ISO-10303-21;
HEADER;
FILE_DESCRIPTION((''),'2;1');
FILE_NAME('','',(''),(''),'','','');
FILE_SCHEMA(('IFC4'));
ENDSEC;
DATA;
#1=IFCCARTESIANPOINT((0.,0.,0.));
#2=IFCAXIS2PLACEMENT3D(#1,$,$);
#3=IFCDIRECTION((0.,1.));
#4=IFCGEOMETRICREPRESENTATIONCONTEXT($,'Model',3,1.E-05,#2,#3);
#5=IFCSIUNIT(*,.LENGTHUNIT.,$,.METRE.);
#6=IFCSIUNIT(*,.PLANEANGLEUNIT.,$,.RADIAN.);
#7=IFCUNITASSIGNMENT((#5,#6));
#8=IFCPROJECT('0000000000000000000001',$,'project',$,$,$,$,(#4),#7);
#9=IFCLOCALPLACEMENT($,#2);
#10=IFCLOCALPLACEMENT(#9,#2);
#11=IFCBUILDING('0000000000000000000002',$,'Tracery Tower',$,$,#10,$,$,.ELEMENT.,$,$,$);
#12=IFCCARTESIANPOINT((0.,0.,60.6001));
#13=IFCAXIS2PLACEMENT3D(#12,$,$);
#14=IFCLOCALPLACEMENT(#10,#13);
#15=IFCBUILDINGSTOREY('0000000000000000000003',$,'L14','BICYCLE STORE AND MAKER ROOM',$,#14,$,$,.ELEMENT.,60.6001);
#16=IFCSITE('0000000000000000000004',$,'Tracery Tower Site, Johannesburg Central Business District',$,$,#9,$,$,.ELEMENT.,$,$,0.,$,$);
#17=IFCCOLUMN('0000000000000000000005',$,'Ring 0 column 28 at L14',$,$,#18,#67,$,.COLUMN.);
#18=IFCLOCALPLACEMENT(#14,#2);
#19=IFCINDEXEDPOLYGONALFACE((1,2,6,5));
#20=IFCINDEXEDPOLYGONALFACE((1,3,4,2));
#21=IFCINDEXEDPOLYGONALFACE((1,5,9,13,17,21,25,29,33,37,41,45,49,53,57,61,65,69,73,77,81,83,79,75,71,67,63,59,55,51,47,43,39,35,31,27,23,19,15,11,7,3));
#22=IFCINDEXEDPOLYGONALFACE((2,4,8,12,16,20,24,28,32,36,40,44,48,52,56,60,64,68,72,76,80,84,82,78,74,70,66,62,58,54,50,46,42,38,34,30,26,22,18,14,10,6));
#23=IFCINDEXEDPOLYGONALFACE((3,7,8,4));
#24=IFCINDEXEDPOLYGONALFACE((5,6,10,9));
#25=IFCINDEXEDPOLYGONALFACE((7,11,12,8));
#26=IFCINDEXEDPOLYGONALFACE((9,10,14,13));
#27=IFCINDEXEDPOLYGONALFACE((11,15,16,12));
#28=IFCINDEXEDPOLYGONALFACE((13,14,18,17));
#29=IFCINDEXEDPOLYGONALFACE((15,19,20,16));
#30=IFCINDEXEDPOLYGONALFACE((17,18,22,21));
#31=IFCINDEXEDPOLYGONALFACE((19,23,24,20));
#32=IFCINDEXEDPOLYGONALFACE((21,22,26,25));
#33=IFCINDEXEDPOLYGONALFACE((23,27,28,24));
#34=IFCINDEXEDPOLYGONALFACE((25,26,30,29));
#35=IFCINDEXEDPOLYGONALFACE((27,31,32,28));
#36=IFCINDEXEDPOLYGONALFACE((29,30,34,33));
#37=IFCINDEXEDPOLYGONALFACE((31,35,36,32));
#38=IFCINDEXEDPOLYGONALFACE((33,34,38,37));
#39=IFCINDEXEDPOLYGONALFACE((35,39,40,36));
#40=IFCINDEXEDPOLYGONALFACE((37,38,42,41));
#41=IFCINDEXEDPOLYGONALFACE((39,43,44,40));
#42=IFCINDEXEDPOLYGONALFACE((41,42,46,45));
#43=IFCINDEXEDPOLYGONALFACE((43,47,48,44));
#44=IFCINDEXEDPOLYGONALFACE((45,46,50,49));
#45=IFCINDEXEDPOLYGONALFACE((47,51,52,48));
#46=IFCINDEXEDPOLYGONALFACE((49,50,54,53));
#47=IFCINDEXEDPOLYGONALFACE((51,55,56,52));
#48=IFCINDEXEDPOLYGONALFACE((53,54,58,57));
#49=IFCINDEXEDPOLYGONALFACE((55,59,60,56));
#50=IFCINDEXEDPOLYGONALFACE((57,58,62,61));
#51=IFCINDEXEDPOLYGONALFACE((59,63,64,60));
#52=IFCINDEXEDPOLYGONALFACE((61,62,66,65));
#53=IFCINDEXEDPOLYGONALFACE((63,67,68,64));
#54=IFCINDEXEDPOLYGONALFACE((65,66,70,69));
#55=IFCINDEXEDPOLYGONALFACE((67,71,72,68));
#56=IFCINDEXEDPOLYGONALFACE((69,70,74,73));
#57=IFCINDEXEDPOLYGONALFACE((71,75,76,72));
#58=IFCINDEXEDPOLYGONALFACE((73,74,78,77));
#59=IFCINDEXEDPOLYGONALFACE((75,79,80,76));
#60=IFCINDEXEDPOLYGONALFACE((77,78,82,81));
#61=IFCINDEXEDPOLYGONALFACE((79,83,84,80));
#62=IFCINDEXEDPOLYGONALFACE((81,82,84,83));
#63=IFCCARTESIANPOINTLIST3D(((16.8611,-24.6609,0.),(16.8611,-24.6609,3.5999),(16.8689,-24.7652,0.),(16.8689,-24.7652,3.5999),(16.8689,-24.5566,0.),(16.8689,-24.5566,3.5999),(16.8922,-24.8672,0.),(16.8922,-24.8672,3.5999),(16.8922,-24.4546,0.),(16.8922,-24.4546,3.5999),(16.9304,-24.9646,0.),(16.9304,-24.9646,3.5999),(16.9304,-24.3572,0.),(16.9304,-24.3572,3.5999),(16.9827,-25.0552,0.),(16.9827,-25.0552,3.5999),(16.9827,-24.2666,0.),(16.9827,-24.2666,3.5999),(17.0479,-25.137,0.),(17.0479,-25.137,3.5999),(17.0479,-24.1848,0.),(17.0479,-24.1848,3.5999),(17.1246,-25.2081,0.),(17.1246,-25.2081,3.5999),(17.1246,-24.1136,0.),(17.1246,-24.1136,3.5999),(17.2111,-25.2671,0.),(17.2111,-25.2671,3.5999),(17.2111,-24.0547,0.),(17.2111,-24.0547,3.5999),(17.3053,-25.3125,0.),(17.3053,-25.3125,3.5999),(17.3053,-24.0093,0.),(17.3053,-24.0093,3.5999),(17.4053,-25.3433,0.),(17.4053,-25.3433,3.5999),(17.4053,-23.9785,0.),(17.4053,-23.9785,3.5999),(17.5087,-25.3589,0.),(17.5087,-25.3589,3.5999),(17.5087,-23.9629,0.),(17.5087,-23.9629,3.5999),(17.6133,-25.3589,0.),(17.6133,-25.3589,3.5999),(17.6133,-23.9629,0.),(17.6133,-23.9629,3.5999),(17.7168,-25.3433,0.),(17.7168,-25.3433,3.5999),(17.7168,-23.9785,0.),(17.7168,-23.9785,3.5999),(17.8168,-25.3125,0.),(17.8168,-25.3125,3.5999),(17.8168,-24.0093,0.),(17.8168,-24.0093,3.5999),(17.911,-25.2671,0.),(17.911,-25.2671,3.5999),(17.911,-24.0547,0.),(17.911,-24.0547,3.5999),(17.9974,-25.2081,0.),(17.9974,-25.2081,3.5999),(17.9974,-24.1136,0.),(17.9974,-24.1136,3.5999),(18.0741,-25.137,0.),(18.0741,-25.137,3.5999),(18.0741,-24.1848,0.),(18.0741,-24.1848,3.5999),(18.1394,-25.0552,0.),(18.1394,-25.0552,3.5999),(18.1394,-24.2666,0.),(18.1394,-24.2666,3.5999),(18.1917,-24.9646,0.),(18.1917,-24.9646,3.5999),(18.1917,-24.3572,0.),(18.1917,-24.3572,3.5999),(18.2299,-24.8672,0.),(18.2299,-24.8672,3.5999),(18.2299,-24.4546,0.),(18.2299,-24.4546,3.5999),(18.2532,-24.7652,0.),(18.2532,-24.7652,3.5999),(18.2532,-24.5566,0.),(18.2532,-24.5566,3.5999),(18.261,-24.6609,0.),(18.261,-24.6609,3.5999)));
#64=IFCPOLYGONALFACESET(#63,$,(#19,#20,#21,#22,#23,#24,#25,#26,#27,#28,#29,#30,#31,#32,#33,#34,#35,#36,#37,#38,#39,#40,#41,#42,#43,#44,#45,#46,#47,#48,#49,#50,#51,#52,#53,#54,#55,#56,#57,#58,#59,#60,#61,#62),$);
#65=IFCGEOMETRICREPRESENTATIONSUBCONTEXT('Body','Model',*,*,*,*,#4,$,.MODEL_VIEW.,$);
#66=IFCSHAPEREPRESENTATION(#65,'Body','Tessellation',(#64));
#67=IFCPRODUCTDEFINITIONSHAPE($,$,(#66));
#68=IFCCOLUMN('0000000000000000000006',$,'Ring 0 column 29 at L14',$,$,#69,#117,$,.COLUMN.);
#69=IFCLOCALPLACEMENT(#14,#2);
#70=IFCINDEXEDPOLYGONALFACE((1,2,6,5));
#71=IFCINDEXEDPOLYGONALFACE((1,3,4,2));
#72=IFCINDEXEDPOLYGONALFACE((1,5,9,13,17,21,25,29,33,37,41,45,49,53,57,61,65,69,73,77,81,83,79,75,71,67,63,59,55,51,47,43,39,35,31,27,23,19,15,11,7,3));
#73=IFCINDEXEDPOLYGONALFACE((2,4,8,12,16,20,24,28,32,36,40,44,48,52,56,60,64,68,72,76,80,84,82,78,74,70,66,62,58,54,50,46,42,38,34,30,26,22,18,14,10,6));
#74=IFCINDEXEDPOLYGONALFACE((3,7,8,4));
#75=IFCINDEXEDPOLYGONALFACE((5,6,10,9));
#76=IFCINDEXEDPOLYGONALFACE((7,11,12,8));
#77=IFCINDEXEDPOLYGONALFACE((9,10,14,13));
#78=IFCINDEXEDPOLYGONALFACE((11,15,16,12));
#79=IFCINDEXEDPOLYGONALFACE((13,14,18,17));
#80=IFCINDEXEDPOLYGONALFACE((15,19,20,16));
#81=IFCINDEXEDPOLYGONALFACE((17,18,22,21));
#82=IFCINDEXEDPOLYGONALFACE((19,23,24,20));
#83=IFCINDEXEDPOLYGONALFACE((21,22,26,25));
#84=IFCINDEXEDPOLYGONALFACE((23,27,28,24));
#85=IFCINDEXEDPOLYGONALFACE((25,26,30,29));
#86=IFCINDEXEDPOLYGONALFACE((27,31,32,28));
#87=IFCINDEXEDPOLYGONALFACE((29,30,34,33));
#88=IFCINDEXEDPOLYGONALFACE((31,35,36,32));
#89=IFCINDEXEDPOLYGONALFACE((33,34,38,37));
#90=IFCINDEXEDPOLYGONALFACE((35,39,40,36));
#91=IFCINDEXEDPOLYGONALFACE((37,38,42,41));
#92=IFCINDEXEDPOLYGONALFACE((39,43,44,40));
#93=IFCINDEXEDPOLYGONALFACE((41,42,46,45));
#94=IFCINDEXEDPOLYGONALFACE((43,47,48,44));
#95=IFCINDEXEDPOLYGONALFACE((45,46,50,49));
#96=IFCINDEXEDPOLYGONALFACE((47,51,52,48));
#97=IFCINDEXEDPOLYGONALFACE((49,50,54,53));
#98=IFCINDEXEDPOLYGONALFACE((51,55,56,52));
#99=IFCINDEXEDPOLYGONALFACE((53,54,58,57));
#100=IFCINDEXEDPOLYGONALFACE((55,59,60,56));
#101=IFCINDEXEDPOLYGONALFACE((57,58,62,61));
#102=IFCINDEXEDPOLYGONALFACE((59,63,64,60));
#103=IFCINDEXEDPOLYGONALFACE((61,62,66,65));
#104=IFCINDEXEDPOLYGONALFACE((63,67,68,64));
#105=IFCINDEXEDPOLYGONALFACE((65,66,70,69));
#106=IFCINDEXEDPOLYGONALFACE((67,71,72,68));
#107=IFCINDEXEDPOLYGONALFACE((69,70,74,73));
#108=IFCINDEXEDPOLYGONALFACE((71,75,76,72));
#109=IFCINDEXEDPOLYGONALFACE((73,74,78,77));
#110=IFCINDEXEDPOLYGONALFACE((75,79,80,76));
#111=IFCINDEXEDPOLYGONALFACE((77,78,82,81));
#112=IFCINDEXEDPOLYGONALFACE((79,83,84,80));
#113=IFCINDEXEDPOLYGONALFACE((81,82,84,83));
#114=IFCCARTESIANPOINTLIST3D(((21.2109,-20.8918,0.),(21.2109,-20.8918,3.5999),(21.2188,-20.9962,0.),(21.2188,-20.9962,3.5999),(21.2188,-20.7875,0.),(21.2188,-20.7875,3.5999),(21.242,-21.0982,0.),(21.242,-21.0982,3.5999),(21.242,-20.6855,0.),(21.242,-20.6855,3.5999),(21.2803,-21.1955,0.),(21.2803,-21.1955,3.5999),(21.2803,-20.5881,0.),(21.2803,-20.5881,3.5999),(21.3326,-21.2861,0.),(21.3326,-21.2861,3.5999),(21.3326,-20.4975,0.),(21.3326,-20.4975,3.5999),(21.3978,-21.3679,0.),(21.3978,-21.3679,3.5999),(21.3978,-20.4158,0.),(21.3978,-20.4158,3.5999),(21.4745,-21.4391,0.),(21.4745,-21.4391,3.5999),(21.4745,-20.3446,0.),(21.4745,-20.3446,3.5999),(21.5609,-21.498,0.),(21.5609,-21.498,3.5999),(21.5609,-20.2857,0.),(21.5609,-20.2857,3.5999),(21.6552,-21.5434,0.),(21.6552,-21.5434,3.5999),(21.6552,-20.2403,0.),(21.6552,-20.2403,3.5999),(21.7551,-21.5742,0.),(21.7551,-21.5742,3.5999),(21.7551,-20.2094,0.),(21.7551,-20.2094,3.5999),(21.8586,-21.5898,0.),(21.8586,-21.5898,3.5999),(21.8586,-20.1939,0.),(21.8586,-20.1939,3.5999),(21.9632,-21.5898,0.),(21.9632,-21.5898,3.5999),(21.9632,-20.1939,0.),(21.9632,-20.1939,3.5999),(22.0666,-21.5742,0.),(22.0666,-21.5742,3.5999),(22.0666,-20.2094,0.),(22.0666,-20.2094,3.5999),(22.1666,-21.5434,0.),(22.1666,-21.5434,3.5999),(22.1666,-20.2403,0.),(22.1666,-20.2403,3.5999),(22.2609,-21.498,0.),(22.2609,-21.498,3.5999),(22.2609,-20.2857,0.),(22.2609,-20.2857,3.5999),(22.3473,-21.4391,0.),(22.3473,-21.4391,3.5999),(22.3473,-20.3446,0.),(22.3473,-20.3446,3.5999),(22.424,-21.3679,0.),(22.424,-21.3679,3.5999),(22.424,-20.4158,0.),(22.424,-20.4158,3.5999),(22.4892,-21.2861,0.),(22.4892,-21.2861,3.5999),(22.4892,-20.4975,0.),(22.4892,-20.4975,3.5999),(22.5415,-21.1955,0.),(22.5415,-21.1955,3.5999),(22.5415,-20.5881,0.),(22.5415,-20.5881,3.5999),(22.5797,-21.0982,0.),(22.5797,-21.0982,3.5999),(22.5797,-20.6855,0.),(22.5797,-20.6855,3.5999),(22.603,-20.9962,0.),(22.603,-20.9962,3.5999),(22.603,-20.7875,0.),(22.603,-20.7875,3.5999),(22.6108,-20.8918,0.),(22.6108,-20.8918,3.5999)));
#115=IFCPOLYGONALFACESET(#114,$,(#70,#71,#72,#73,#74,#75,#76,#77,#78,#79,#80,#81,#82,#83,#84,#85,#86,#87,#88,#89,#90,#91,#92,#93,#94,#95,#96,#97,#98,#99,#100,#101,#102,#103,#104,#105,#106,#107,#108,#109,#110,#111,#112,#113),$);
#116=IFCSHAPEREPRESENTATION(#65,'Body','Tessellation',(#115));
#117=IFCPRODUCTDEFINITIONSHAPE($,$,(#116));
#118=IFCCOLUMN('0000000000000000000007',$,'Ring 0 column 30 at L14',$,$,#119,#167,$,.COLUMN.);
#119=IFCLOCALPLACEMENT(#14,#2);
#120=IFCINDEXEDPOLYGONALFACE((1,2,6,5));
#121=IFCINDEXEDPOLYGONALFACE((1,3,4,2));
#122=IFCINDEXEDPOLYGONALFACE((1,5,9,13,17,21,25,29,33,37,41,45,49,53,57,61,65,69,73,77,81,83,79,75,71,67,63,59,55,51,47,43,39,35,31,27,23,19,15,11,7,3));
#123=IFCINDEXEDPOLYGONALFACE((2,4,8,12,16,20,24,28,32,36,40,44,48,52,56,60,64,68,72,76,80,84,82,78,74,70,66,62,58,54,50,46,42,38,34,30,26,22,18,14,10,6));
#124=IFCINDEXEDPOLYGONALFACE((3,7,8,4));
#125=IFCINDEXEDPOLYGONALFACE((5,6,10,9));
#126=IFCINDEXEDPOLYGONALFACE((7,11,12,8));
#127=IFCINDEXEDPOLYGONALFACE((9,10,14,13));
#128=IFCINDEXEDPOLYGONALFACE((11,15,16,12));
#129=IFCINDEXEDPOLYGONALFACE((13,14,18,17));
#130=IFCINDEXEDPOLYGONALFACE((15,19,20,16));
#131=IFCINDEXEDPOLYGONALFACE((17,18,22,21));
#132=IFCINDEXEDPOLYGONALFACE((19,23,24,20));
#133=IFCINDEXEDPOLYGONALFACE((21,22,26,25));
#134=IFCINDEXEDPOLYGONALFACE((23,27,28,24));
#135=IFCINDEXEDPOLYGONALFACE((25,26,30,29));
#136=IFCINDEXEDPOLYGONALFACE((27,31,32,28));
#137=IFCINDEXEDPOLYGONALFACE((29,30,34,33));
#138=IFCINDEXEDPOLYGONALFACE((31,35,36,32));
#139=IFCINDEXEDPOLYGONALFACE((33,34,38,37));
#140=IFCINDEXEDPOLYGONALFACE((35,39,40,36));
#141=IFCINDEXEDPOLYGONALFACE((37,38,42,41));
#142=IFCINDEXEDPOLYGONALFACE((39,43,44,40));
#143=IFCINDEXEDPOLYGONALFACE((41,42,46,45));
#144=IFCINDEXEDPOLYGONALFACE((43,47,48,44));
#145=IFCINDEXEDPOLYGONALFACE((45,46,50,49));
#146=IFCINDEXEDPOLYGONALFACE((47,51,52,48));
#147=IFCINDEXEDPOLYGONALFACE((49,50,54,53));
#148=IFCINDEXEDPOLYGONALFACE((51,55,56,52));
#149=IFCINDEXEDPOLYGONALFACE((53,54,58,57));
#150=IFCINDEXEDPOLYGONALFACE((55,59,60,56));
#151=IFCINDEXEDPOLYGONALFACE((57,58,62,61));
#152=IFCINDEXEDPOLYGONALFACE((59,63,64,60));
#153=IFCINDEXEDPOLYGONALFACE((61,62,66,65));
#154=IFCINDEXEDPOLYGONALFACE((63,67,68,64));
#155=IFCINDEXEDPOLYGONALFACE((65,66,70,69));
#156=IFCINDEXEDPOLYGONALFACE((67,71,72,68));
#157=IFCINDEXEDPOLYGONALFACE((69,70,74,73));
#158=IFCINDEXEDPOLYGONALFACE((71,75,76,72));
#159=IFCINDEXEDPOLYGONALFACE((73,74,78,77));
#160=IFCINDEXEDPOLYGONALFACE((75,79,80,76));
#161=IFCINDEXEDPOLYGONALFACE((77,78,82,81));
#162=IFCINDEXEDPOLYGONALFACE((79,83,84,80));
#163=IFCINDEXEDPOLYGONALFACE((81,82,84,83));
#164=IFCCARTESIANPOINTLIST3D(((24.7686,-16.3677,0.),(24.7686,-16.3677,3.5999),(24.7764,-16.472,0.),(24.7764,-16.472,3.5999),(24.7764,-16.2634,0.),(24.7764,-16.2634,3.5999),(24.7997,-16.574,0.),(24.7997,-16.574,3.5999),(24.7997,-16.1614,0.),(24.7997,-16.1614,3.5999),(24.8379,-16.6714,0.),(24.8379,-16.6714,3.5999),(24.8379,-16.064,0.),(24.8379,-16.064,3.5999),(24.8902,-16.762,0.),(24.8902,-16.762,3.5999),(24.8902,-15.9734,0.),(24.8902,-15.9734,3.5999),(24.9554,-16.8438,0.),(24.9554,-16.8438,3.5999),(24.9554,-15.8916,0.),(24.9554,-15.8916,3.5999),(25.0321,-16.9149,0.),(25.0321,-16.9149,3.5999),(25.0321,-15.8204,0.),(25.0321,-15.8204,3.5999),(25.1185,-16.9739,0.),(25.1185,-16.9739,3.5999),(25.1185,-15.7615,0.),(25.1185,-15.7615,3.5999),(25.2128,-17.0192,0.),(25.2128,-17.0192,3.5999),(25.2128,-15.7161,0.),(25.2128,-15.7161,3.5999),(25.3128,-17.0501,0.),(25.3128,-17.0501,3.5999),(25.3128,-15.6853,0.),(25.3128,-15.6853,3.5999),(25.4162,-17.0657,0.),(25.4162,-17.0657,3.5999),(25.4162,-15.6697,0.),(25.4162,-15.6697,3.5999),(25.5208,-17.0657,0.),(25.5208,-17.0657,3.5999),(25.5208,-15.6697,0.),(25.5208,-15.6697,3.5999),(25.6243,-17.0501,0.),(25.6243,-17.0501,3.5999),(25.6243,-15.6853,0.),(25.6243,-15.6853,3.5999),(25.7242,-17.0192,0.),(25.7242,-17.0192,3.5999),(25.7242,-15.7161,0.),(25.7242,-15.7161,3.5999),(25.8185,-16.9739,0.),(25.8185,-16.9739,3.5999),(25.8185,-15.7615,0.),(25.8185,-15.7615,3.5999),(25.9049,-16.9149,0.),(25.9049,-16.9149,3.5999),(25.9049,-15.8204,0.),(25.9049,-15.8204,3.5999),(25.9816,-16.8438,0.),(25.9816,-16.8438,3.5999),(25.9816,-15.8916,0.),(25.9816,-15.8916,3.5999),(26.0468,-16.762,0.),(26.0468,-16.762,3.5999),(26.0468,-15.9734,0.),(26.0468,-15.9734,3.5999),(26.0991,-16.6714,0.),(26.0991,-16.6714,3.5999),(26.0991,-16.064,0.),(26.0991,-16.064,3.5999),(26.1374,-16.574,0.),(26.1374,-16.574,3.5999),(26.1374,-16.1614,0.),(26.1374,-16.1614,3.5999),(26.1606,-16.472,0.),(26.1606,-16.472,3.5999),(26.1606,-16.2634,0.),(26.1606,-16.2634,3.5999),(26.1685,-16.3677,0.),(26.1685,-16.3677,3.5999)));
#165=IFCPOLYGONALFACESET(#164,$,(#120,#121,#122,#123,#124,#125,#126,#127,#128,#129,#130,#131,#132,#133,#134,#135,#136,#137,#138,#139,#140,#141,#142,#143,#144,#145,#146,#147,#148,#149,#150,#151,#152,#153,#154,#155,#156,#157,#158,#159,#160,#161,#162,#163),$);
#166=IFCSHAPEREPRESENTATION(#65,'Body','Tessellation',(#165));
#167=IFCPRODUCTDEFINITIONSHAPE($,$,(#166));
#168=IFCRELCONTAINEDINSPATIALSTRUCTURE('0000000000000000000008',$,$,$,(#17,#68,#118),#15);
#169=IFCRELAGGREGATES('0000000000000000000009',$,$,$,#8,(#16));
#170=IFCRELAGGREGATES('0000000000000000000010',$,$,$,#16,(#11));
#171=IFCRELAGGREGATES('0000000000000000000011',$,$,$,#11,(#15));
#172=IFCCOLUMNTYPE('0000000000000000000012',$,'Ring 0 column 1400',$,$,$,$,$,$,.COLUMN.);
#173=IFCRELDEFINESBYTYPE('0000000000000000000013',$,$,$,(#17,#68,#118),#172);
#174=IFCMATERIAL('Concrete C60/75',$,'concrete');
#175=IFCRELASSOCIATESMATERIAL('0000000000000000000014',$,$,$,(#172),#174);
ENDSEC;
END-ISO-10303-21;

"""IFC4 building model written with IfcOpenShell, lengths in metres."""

from ifc_helpers import new_model, si_unit, direction, frame, origin, origin_2d, place, context, subcontext, project, spatial, circle, extrude, material, material_profile, profile_set, type_object, element, save


model = new_model("IFC4")

# Units and contexts
model_context = context("Model", 3, precision=1e-05, world=origin(), true_north=direction((0.0, 1.0)))
body_context = subcontext(model_context, "Body", "Model", "MODEL_VIEW")
ifc_project = project(units=[si_unit("LENGTHUNIT", "METRE"), si_unit("PLANEANGLEUNIT", "RADIAN")], contexts=[model_context])

# Site, building, storey
site_placement = place(None, origin())
site = spatial("IfcSite", under=ifc_project, at=site_placement, Name="Tracery Tower Site, Johannesburg Central Business District", CompositionType="ELEMENT", RefElevation=0.0)
building_placement = place(site_placement, origin())
building = spatial("IfcBuilding", under=site, at=building_placement, Name="Tracery Tower", CompositionType="ELEMENT")
storey_placement = place(building_placement, frame((0.0, 0.0, 60.6001)))
storey = spatial("IfcBuildingStorey", under=building, at=storey_placement, Name="L14", Description="BICYCLE STORE AND MAKER ROOM", CompositionType="ELEMENT", Elevation=60.6001)

# Columns
ifc_material_1 = material(Name="Concrete C60/75", Category="concrete")
ifc_material_profile_1 = material_profile(ifc_material_1, circle(Radius=0.7, at=origin_2d()), Name="RC D1400")
ifc_profile_set_1 = profile_set([ifc_material_profile_1], Name="Concrete C60/75")
column_type_1 = type_object("IfcColumnType", Name="Ring 0 column 1400", PredefinedType="COLUMN", material=ifc_profile_set_1)
for number, where, z_axis, x_axis, name in (
    (1, (17.561, -24.6609, 0.0), (0.0, 0.0, 1.0), (1.0, 0.0, 0.0), "Ring 0 column 28 at L14"),
    (2, (21.9109, -20.8918, 0.0), (0.0, 0.0, 1.0), (1.0, 0.0, 0.0), "Ring 0 column 29 at L14"),
    (3, (25.4685, -16.3677, 0.0), (0.0, 0.0, 1.0), (1.0, 0.0, 0.0), "Ring 0 column 30 at L14"),
):
    element("IfcColumn", number, at=place(storey_placement, frame(where, z_axis=z_axis, x_axis=x_axis)), inside=storey, type_object=column_type_1, Name=name, PredefinedType="COLUMN", context=body_context, shape_type="SweptSolid", body=[
        extrude(circle(Radius=0.7, at=origin_2d()), origin(), (0.0, 0.0, 1.0), 3.5999),
    ])

save(model, "model.ifc")
